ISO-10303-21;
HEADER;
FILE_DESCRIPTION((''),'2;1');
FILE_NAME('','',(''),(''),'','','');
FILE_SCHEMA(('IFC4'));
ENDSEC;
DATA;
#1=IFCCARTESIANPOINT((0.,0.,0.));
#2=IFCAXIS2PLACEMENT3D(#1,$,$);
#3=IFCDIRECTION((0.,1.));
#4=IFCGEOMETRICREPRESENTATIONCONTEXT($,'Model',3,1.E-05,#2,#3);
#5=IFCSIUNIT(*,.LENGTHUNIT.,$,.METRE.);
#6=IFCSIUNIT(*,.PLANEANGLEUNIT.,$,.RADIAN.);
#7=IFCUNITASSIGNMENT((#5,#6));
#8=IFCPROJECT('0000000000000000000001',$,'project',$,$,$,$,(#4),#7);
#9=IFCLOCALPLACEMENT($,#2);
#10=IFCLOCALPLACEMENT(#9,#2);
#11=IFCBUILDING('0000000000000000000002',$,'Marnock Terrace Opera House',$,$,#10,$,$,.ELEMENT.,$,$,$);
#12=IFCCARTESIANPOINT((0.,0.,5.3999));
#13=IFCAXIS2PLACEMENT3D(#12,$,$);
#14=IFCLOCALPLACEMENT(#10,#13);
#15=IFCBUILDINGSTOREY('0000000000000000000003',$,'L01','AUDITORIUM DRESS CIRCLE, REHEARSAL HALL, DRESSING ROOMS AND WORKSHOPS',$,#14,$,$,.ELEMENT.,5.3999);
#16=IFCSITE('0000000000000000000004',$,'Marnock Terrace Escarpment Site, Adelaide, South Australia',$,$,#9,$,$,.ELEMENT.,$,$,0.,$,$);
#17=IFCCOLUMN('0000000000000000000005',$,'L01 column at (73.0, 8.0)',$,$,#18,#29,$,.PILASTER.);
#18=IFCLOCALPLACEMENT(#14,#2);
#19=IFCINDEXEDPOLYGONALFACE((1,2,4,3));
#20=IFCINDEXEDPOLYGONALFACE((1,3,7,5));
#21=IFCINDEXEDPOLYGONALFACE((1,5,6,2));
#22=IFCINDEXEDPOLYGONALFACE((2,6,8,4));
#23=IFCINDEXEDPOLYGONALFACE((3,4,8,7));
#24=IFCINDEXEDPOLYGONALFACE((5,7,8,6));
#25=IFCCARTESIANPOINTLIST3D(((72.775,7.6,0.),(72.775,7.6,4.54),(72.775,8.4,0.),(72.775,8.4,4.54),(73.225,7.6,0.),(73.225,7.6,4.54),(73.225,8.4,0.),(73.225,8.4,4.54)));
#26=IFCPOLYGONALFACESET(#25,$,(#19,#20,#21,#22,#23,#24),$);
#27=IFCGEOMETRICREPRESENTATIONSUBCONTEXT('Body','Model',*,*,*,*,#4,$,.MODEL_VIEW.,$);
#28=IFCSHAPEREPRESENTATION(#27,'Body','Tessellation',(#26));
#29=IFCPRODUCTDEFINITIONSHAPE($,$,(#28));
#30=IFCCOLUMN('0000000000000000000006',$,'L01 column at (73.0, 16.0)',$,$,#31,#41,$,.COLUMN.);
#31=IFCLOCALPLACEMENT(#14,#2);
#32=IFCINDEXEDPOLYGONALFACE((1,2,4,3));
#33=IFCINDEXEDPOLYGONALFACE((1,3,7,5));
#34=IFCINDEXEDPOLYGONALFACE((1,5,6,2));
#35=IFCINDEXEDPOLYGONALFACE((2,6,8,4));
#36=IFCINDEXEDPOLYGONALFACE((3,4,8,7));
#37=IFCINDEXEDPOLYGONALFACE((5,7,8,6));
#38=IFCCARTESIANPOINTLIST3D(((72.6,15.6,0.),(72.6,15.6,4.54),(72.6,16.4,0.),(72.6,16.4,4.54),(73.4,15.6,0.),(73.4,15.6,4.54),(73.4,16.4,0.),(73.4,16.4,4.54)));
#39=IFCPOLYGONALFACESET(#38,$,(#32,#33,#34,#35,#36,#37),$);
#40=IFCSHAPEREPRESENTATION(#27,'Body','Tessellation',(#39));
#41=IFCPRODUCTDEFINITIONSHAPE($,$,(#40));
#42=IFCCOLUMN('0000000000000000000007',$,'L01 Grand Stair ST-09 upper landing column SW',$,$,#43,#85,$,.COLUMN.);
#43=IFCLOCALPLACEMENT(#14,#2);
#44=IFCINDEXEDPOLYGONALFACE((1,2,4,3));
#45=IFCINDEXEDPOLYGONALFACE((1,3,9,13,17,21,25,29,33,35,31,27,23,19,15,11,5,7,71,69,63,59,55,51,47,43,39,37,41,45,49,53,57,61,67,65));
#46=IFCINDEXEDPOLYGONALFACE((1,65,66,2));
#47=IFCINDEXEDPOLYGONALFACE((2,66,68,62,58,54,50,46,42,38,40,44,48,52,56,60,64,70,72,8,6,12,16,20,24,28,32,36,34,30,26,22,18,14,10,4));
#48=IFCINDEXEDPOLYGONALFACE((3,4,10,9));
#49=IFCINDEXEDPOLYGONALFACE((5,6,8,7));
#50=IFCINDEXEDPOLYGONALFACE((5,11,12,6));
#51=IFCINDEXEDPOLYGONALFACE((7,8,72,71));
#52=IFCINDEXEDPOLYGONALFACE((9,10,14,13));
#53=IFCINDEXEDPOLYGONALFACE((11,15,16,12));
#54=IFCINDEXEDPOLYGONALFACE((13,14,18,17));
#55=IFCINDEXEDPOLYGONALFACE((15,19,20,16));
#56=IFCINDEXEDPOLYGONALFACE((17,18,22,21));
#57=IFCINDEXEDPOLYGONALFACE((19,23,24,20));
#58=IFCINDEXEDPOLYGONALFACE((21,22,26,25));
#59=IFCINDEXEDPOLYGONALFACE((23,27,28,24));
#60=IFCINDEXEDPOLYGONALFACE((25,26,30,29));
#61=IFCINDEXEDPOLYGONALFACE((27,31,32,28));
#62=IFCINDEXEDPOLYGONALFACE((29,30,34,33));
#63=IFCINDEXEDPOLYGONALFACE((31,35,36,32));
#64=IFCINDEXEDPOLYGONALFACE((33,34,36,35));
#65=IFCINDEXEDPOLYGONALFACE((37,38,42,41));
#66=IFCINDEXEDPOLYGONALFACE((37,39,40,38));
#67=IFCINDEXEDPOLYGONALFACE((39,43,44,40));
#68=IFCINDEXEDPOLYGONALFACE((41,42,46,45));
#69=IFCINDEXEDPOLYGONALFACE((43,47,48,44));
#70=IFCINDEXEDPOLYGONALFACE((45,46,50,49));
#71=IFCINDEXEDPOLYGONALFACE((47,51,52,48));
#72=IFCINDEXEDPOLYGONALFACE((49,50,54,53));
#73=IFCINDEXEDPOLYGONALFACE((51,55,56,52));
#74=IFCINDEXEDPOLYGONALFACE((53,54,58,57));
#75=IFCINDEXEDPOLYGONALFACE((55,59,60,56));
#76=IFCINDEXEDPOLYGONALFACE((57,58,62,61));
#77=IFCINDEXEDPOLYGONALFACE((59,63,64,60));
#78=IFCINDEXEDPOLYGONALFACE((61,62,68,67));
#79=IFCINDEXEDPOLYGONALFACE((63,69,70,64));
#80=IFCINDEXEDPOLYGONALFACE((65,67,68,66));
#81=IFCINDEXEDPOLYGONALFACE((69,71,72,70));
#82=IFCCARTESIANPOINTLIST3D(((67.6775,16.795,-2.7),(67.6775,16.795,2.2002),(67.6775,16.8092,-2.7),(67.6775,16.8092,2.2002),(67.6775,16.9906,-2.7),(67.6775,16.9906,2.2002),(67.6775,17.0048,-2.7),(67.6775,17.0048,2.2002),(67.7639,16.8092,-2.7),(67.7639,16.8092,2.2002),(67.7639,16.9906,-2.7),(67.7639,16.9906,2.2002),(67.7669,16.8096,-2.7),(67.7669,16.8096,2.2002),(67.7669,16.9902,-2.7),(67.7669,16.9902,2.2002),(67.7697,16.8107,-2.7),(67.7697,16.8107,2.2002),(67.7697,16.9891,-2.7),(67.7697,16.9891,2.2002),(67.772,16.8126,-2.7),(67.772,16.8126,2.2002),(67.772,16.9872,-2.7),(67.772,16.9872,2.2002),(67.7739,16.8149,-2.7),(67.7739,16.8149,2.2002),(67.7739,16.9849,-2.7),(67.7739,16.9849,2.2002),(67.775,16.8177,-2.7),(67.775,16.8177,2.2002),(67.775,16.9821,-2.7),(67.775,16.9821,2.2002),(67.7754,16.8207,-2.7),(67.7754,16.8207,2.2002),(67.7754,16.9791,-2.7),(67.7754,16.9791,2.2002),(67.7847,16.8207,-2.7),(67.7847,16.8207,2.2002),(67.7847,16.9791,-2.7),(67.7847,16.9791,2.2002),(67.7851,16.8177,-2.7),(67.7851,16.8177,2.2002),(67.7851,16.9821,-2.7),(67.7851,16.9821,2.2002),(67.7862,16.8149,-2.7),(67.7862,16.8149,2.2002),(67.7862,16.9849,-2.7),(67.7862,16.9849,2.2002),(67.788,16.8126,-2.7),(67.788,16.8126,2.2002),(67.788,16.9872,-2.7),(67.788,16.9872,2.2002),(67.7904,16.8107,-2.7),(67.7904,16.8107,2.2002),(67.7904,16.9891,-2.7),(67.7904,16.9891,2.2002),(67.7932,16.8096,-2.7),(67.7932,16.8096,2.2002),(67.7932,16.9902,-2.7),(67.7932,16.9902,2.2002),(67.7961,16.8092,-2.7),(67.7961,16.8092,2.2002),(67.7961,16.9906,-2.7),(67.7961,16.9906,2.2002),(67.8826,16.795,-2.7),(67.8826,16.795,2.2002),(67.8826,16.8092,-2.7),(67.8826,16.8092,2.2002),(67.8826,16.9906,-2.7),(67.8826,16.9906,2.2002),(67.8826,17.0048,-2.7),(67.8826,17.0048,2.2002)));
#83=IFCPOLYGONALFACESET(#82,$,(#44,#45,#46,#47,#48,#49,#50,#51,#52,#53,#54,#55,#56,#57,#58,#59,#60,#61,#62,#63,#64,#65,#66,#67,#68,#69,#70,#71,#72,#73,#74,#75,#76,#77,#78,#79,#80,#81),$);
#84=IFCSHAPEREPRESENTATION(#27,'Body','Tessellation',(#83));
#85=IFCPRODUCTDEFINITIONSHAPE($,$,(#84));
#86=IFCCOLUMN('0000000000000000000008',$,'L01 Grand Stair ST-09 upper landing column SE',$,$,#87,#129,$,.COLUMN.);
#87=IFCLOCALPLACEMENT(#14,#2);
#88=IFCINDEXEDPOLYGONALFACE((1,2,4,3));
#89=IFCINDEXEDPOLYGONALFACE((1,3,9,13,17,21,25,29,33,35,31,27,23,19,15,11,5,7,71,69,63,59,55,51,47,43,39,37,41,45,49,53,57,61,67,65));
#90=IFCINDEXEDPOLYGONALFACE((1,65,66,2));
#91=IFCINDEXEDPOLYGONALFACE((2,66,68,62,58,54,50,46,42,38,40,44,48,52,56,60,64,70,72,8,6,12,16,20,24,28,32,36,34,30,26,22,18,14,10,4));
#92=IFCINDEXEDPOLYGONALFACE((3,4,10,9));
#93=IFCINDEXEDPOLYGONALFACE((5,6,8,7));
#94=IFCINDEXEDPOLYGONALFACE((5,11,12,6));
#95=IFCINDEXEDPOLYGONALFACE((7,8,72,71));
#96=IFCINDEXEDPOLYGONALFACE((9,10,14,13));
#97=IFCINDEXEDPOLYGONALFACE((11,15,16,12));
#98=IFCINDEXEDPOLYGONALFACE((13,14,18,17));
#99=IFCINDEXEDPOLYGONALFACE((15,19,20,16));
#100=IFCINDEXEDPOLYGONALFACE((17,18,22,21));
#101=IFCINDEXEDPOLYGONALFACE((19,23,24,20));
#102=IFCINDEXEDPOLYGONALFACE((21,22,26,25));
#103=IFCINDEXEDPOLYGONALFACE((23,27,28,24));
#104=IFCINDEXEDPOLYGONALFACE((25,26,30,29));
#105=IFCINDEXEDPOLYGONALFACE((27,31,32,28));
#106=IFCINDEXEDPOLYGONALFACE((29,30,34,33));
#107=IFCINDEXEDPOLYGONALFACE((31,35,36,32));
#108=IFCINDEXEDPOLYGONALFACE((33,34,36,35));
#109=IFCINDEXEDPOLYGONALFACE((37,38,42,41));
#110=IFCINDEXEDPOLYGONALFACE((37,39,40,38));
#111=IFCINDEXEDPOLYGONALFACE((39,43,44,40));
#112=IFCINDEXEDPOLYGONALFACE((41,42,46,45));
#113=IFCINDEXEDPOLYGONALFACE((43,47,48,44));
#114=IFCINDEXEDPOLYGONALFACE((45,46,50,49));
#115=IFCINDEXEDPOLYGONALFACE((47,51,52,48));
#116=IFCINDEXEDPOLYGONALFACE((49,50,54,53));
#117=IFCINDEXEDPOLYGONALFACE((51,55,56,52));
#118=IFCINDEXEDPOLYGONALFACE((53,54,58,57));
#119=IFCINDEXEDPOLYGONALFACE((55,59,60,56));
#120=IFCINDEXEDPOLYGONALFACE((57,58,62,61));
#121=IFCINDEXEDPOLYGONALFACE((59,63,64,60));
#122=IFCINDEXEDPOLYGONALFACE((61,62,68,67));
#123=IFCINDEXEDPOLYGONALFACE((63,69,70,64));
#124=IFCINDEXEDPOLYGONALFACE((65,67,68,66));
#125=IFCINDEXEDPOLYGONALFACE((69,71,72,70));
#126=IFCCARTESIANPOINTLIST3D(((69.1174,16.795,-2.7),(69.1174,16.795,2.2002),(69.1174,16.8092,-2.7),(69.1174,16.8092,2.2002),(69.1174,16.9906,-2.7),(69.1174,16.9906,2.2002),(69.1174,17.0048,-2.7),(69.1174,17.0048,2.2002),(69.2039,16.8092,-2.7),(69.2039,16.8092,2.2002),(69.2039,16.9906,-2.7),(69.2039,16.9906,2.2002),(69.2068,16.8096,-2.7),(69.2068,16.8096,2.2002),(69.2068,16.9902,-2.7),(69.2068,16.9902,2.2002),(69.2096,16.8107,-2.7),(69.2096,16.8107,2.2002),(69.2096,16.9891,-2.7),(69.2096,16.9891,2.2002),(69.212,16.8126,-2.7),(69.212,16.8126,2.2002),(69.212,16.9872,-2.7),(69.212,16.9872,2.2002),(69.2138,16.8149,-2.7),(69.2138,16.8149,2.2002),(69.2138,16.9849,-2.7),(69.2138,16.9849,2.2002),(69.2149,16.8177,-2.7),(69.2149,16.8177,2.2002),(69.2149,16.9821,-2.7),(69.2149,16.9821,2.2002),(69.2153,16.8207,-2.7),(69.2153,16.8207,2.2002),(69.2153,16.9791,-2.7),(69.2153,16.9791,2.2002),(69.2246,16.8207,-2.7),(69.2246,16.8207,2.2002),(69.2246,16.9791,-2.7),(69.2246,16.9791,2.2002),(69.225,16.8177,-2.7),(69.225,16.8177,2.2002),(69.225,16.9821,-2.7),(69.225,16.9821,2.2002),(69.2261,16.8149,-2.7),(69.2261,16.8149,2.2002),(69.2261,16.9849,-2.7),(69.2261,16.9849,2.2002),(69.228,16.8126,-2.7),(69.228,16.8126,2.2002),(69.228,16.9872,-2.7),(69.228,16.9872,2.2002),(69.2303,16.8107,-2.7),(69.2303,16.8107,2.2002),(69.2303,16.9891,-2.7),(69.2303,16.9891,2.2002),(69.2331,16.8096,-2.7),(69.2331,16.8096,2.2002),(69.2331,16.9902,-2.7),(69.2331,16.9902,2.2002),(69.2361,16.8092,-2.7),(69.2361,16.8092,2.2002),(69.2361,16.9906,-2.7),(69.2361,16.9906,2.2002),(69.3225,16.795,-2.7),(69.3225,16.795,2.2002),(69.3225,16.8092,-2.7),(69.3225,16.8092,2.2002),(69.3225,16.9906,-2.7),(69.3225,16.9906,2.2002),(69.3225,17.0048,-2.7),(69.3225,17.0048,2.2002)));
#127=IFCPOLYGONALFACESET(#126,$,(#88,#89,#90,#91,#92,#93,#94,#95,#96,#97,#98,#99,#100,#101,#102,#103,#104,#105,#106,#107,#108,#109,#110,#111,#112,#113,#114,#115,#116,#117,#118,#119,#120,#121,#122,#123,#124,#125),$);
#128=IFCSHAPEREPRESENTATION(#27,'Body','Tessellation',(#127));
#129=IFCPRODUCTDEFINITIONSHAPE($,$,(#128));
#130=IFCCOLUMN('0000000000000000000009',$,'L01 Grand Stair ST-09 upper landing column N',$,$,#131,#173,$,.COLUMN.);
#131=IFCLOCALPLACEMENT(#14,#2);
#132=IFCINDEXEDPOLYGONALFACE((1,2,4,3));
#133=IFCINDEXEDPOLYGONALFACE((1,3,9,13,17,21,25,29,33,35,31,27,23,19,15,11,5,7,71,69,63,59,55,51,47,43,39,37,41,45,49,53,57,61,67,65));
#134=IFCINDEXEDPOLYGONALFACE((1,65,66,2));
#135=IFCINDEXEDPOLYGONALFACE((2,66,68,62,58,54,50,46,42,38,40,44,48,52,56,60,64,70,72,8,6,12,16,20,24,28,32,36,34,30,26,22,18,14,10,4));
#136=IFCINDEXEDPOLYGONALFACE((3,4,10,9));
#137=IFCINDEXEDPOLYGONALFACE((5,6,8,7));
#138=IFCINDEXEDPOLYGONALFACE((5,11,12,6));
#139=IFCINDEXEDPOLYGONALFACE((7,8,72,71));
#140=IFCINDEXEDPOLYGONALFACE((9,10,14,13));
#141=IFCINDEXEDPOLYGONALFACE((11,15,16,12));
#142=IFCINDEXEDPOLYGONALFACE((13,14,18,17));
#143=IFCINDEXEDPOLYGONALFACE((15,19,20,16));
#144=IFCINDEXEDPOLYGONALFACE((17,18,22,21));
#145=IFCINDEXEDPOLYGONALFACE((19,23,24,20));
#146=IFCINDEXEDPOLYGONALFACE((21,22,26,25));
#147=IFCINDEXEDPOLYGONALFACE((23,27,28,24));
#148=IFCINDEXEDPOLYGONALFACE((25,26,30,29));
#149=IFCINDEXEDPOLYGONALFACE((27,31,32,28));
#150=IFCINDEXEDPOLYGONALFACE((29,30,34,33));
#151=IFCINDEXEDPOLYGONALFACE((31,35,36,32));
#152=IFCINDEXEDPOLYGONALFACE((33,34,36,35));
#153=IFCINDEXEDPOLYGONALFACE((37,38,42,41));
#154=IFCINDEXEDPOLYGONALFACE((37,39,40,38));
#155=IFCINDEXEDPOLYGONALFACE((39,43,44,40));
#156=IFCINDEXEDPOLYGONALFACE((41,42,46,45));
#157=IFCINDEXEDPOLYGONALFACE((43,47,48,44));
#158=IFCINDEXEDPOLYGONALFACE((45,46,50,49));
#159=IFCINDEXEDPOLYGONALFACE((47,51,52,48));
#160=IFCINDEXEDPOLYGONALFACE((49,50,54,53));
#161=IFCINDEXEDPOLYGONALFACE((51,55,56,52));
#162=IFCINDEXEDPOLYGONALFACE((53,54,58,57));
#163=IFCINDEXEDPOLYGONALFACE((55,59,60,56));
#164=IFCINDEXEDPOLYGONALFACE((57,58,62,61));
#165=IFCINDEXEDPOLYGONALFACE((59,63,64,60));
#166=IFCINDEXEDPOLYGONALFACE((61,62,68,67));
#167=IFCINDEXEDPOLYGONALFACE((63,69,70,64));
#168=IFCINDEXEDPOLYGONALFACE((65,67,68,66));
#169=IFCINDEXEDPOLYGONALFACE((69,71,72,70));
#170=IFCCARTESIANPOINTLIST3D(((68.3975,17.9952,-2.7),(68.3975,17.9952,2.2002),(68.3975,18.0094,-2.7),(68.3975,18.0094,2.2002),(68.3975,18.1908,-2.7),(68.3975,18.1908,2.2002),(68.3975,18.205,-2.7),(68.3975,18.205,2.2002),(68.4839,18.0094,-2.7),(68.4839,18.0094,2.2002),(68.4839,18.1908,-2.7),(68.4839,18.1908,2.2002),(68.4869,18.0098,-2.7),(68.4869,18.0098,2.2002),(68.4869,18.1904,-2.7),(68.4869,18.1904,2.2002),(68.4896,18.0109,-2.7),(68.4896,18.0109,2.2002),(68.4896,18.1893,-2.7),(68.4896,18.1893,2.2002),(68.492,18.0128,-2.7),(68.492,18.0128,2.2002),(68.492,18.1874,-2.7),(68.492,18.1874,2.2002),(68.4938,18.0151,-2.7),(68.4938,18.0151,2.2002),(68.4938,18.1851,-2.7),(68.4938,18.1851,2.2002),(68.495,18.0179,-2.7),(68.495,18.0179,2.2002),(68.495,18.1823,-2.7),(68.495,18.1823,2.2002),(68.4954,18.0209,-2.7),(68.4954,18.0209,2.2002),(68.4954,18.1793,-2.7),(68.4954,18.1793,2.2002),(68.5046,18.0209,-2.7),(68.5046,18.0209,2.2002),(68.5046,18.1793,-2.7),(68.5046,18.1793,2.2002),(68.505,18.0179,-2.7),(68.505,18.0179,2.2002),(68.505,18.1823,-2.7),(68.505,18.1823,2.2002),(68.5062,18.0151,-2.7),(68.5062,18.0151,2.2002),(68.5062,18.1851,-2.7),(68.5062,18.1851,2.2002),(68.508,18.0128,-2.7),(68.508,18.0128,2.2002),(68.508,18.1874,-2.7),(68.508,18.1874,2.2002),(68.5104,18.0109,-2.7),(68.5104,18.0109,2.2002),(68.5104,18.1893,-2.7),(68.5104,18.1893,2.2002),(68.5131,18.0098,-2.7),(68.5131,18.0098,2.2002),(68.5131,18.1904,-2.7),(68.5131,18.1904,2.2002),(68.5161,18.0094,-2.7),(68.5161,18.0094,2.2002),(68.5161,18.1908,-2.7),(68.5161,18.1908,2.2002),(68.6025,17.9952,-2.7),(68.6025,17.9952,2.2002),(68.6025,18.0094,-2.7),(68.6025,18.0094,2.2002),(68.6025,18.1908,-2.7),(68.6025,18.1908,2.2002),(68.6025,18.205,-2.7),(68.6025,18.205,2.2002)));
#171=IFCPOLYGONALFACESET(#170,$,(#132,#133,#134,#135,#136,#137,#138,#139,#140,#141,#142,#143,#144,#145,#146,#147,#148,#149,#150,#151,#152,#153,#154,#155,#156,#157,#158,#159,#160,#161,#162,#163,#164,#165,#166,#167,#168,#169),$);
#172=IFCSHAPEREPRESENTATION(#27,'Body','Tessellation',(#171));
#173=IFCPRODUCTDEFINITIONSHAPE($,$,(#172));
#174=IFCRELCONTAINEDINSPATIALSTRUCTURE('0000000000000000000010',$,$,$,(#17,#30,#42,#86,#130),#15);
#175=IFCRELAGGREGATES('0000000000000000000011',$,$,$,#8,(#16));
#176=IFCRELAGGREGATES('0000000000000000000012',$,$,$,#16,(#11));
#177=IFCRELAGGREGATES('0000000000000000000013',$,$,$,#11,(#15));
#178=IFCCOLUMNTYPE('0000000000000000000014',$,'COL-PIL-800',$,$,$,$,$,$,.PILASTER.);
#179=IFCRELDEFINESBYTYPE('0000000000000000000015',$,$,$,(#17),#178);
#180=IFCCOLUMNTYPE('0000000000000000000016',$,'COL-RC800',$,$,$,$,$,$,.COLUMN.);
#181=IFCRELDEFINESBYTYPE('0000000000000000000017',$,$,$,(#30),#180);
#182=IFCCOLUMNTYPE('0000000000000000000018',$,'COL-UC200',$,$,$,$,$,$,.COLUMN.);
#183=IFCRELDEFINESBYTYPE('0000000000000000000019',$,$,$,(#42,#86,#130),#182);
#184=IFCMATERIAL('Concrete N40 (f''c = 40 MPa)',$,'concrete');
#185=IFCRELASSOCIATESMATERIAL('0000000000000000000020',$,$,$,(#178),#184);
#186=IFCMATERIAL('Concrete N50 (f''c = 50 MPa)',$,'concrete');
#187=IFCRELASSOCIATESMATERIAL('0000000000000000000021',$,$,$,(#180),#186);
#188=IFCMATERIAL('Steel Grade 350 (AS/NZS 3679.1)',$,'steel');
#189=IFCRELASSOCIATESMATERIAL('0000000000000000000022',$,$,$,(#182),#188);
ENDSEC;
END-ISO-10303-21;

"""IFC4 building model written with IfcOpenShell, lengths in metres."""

from ifc_helpers import new_model, si_unit, direction, frame, origin, origin_2d, place, context, subcontext, project, spatial, rectangle, i_section, extrude, material, material_profile, profile_set, type_object, element, save


model = new_model("IFC4")

# Units and contexts
model_context = context("Model", 3, precision=1e-05, world=origin(), true_north=direction((0.0, 1.0)))
body_context = subcontext(model_context, "Body", "Model", "MODEL_VIEW")
ifc_project = project(units=[si_unit("LENGTHUNIT", "METRE"), si_unit("PLANEANGLEUNIT", "RADIAN")], contexts=[model_context])

# Site, building, storey
site_placement = place(None, origin())
site = spatial("IfcSite", under=ifc_project, at=site_placement, Name="Marnock Terrace Escarpment Site, Adelaide, South Australia", CompositionType="ELEMENT", RefElevation=0.0)
building_placement = place(site_placement, origin())
building = spatial("IfcBuilding", under=site, at=building_placement, Name="Marnock Terrace Opera House", CompositionType="ELEMENT")
storey_placement = place(building_placement, frame((0.0, 0.0, 5.3999)))
storey = spatial("IfcBuildingStorey", under=building, at=storey_placement, Name="L01", Description="AUDITORIUM DRESS CIRCLE, REHEARSAL HALL, DRESSING ROOMS AND WORKSHOPS", CompositionType="ELEMENT", Elevation=5.3999)

# Columns
ifc_material_1 = material(Name="Concrete N40 (f'c = 40 MPa)", Category="concrete")
ifc_material_profile_1 = material_profile(ifc_material_1, rectangle(XDim=0.45, YDim=0.8, at=origin_2d()))
ifc_profile_set_1 = profile_set([ifc_material_profile_1], Name="Concrete N40 (f'c = 40 MPa)")
column_type_1 = type_object("IfcColumnType", Name="COL-PIL-800", PredefinedType="PILASTER", material=ifc_profile_set_1)
column_1_placement = place(storey_placement, frame((73.0, 8.0, 0.0), z_axis=(0.0, 0.0, 1.0), x_axis=(1.0, 0.0, 0.0)))
element("IfcColumn", 1, at=column_1_placement, inside=storey, type_object=column_type_1, Name="L01 column at (73.0, 8.0)", PredefinedType="PILASTER", context=body_context, shape_type="SweptSolid", body=[
    extrude(rectangle(XDim=0.45, YDim=0.8, at=origin_2d()), origin(), (0.0, 0.0, 1.0), 4.54),
])
ifc_material_2 = material(Name="Concrete N50 (f'c = 50 MPa)", Category="concrete")
ifc_material_profile_2 = material_profile(ifc_material_2, rectangle(XDim=0.8, YDim=0.8, at=origin_2d()))
ifc_profile_set_2 = profile_set([ifc_material_profile_2], Name="Concrete N50 (f'c = 50 MPa)")
column_type_2 = type_object("IfcColumnType", Name="COL-RC800", PredefinedType="COLUMN", material=ifc_profile_set_2)
column_2_placement = place(storey_placement, frame((73.0, 16.0, 0.0), z_axis=(0.0, 0.0, 1.0), x_axis=(1.0, 0.0, 0.0)))
element("IfcColumn", 2, at=column_2_placement, inside=storey, type_object=column_type_2, Name="L01 column at (73.0, 16.0)", PredefinedType="COLUMN", context=body_context, shape_type="SweptSolid", body=[
    extrude(rectangle(XDim=0.8, YDim=0.8, at=origin_2d()), origin(), (0.0, 0.0, 1.0), 4.54),
])
ifc_material_3 = material(Name="Steel Grade 350 (AS/NZS 3679.1)", Category="steel")
ifc_material_profile_3 = material_profile(ifc_material_3, i_section(OverallWidth=0.2051, OverallDepth=0.2097, WebThickness=0.0093, FlangeThickness=0.0142, FilletRadius=0.0115, at=origin_2d()))
ifc_profile_set_3 = profile_set([ifc_material_profile_3], Name="Steel Grade 350 (AS/NZS 3679.1)")
column_type_3 = type_object("IfcColumnType", Name="COL-UC200", PredefinedType="COLUMN", material=ifc_profile_set_3)
for number, where, z_axis, x_axis, name in (
    (3, (67.78, 16.8999, -2.7), (0.0, 0.0, 1.0), (1.0, 0.0, 0.0), "L01 Grand Stair ST-09 upper landing column SW"),
    (4, (69.22, 16.8999, -2.7), (0.0, 0.0, 1.0), (1.0, 0.0, 0.0), "L01 Grand Stair ST-09 upper landing column SE"),
    (5, (68.5, 18.1001, -2.7), (0.0, 0.0, 1.0), (1.0, 0.0, 0.0), "L01 Grand Stair ST-09 upper landing column N"),
):
    element("IfcColumn", number, at=place(storey_placement, frame(where, z_axis=z_axis, x_axis=x_axis)), inside=storey, type_object=column_type_3, Name=name, PredefinedType="COLUMN", context=body_context, shape_type="SweptSolid", body=[
        extrude(i_section(OverallWidth=0.2051, OverallDepth=0.2097, WebThickness=0.0093, FlangeThickness=0.0142, FilletRadius=0.0115, at=origin_2d()), origin(), (0.0, 0.0, 1.0), 4.9001),
    ])

save(model, "model.ifc")
